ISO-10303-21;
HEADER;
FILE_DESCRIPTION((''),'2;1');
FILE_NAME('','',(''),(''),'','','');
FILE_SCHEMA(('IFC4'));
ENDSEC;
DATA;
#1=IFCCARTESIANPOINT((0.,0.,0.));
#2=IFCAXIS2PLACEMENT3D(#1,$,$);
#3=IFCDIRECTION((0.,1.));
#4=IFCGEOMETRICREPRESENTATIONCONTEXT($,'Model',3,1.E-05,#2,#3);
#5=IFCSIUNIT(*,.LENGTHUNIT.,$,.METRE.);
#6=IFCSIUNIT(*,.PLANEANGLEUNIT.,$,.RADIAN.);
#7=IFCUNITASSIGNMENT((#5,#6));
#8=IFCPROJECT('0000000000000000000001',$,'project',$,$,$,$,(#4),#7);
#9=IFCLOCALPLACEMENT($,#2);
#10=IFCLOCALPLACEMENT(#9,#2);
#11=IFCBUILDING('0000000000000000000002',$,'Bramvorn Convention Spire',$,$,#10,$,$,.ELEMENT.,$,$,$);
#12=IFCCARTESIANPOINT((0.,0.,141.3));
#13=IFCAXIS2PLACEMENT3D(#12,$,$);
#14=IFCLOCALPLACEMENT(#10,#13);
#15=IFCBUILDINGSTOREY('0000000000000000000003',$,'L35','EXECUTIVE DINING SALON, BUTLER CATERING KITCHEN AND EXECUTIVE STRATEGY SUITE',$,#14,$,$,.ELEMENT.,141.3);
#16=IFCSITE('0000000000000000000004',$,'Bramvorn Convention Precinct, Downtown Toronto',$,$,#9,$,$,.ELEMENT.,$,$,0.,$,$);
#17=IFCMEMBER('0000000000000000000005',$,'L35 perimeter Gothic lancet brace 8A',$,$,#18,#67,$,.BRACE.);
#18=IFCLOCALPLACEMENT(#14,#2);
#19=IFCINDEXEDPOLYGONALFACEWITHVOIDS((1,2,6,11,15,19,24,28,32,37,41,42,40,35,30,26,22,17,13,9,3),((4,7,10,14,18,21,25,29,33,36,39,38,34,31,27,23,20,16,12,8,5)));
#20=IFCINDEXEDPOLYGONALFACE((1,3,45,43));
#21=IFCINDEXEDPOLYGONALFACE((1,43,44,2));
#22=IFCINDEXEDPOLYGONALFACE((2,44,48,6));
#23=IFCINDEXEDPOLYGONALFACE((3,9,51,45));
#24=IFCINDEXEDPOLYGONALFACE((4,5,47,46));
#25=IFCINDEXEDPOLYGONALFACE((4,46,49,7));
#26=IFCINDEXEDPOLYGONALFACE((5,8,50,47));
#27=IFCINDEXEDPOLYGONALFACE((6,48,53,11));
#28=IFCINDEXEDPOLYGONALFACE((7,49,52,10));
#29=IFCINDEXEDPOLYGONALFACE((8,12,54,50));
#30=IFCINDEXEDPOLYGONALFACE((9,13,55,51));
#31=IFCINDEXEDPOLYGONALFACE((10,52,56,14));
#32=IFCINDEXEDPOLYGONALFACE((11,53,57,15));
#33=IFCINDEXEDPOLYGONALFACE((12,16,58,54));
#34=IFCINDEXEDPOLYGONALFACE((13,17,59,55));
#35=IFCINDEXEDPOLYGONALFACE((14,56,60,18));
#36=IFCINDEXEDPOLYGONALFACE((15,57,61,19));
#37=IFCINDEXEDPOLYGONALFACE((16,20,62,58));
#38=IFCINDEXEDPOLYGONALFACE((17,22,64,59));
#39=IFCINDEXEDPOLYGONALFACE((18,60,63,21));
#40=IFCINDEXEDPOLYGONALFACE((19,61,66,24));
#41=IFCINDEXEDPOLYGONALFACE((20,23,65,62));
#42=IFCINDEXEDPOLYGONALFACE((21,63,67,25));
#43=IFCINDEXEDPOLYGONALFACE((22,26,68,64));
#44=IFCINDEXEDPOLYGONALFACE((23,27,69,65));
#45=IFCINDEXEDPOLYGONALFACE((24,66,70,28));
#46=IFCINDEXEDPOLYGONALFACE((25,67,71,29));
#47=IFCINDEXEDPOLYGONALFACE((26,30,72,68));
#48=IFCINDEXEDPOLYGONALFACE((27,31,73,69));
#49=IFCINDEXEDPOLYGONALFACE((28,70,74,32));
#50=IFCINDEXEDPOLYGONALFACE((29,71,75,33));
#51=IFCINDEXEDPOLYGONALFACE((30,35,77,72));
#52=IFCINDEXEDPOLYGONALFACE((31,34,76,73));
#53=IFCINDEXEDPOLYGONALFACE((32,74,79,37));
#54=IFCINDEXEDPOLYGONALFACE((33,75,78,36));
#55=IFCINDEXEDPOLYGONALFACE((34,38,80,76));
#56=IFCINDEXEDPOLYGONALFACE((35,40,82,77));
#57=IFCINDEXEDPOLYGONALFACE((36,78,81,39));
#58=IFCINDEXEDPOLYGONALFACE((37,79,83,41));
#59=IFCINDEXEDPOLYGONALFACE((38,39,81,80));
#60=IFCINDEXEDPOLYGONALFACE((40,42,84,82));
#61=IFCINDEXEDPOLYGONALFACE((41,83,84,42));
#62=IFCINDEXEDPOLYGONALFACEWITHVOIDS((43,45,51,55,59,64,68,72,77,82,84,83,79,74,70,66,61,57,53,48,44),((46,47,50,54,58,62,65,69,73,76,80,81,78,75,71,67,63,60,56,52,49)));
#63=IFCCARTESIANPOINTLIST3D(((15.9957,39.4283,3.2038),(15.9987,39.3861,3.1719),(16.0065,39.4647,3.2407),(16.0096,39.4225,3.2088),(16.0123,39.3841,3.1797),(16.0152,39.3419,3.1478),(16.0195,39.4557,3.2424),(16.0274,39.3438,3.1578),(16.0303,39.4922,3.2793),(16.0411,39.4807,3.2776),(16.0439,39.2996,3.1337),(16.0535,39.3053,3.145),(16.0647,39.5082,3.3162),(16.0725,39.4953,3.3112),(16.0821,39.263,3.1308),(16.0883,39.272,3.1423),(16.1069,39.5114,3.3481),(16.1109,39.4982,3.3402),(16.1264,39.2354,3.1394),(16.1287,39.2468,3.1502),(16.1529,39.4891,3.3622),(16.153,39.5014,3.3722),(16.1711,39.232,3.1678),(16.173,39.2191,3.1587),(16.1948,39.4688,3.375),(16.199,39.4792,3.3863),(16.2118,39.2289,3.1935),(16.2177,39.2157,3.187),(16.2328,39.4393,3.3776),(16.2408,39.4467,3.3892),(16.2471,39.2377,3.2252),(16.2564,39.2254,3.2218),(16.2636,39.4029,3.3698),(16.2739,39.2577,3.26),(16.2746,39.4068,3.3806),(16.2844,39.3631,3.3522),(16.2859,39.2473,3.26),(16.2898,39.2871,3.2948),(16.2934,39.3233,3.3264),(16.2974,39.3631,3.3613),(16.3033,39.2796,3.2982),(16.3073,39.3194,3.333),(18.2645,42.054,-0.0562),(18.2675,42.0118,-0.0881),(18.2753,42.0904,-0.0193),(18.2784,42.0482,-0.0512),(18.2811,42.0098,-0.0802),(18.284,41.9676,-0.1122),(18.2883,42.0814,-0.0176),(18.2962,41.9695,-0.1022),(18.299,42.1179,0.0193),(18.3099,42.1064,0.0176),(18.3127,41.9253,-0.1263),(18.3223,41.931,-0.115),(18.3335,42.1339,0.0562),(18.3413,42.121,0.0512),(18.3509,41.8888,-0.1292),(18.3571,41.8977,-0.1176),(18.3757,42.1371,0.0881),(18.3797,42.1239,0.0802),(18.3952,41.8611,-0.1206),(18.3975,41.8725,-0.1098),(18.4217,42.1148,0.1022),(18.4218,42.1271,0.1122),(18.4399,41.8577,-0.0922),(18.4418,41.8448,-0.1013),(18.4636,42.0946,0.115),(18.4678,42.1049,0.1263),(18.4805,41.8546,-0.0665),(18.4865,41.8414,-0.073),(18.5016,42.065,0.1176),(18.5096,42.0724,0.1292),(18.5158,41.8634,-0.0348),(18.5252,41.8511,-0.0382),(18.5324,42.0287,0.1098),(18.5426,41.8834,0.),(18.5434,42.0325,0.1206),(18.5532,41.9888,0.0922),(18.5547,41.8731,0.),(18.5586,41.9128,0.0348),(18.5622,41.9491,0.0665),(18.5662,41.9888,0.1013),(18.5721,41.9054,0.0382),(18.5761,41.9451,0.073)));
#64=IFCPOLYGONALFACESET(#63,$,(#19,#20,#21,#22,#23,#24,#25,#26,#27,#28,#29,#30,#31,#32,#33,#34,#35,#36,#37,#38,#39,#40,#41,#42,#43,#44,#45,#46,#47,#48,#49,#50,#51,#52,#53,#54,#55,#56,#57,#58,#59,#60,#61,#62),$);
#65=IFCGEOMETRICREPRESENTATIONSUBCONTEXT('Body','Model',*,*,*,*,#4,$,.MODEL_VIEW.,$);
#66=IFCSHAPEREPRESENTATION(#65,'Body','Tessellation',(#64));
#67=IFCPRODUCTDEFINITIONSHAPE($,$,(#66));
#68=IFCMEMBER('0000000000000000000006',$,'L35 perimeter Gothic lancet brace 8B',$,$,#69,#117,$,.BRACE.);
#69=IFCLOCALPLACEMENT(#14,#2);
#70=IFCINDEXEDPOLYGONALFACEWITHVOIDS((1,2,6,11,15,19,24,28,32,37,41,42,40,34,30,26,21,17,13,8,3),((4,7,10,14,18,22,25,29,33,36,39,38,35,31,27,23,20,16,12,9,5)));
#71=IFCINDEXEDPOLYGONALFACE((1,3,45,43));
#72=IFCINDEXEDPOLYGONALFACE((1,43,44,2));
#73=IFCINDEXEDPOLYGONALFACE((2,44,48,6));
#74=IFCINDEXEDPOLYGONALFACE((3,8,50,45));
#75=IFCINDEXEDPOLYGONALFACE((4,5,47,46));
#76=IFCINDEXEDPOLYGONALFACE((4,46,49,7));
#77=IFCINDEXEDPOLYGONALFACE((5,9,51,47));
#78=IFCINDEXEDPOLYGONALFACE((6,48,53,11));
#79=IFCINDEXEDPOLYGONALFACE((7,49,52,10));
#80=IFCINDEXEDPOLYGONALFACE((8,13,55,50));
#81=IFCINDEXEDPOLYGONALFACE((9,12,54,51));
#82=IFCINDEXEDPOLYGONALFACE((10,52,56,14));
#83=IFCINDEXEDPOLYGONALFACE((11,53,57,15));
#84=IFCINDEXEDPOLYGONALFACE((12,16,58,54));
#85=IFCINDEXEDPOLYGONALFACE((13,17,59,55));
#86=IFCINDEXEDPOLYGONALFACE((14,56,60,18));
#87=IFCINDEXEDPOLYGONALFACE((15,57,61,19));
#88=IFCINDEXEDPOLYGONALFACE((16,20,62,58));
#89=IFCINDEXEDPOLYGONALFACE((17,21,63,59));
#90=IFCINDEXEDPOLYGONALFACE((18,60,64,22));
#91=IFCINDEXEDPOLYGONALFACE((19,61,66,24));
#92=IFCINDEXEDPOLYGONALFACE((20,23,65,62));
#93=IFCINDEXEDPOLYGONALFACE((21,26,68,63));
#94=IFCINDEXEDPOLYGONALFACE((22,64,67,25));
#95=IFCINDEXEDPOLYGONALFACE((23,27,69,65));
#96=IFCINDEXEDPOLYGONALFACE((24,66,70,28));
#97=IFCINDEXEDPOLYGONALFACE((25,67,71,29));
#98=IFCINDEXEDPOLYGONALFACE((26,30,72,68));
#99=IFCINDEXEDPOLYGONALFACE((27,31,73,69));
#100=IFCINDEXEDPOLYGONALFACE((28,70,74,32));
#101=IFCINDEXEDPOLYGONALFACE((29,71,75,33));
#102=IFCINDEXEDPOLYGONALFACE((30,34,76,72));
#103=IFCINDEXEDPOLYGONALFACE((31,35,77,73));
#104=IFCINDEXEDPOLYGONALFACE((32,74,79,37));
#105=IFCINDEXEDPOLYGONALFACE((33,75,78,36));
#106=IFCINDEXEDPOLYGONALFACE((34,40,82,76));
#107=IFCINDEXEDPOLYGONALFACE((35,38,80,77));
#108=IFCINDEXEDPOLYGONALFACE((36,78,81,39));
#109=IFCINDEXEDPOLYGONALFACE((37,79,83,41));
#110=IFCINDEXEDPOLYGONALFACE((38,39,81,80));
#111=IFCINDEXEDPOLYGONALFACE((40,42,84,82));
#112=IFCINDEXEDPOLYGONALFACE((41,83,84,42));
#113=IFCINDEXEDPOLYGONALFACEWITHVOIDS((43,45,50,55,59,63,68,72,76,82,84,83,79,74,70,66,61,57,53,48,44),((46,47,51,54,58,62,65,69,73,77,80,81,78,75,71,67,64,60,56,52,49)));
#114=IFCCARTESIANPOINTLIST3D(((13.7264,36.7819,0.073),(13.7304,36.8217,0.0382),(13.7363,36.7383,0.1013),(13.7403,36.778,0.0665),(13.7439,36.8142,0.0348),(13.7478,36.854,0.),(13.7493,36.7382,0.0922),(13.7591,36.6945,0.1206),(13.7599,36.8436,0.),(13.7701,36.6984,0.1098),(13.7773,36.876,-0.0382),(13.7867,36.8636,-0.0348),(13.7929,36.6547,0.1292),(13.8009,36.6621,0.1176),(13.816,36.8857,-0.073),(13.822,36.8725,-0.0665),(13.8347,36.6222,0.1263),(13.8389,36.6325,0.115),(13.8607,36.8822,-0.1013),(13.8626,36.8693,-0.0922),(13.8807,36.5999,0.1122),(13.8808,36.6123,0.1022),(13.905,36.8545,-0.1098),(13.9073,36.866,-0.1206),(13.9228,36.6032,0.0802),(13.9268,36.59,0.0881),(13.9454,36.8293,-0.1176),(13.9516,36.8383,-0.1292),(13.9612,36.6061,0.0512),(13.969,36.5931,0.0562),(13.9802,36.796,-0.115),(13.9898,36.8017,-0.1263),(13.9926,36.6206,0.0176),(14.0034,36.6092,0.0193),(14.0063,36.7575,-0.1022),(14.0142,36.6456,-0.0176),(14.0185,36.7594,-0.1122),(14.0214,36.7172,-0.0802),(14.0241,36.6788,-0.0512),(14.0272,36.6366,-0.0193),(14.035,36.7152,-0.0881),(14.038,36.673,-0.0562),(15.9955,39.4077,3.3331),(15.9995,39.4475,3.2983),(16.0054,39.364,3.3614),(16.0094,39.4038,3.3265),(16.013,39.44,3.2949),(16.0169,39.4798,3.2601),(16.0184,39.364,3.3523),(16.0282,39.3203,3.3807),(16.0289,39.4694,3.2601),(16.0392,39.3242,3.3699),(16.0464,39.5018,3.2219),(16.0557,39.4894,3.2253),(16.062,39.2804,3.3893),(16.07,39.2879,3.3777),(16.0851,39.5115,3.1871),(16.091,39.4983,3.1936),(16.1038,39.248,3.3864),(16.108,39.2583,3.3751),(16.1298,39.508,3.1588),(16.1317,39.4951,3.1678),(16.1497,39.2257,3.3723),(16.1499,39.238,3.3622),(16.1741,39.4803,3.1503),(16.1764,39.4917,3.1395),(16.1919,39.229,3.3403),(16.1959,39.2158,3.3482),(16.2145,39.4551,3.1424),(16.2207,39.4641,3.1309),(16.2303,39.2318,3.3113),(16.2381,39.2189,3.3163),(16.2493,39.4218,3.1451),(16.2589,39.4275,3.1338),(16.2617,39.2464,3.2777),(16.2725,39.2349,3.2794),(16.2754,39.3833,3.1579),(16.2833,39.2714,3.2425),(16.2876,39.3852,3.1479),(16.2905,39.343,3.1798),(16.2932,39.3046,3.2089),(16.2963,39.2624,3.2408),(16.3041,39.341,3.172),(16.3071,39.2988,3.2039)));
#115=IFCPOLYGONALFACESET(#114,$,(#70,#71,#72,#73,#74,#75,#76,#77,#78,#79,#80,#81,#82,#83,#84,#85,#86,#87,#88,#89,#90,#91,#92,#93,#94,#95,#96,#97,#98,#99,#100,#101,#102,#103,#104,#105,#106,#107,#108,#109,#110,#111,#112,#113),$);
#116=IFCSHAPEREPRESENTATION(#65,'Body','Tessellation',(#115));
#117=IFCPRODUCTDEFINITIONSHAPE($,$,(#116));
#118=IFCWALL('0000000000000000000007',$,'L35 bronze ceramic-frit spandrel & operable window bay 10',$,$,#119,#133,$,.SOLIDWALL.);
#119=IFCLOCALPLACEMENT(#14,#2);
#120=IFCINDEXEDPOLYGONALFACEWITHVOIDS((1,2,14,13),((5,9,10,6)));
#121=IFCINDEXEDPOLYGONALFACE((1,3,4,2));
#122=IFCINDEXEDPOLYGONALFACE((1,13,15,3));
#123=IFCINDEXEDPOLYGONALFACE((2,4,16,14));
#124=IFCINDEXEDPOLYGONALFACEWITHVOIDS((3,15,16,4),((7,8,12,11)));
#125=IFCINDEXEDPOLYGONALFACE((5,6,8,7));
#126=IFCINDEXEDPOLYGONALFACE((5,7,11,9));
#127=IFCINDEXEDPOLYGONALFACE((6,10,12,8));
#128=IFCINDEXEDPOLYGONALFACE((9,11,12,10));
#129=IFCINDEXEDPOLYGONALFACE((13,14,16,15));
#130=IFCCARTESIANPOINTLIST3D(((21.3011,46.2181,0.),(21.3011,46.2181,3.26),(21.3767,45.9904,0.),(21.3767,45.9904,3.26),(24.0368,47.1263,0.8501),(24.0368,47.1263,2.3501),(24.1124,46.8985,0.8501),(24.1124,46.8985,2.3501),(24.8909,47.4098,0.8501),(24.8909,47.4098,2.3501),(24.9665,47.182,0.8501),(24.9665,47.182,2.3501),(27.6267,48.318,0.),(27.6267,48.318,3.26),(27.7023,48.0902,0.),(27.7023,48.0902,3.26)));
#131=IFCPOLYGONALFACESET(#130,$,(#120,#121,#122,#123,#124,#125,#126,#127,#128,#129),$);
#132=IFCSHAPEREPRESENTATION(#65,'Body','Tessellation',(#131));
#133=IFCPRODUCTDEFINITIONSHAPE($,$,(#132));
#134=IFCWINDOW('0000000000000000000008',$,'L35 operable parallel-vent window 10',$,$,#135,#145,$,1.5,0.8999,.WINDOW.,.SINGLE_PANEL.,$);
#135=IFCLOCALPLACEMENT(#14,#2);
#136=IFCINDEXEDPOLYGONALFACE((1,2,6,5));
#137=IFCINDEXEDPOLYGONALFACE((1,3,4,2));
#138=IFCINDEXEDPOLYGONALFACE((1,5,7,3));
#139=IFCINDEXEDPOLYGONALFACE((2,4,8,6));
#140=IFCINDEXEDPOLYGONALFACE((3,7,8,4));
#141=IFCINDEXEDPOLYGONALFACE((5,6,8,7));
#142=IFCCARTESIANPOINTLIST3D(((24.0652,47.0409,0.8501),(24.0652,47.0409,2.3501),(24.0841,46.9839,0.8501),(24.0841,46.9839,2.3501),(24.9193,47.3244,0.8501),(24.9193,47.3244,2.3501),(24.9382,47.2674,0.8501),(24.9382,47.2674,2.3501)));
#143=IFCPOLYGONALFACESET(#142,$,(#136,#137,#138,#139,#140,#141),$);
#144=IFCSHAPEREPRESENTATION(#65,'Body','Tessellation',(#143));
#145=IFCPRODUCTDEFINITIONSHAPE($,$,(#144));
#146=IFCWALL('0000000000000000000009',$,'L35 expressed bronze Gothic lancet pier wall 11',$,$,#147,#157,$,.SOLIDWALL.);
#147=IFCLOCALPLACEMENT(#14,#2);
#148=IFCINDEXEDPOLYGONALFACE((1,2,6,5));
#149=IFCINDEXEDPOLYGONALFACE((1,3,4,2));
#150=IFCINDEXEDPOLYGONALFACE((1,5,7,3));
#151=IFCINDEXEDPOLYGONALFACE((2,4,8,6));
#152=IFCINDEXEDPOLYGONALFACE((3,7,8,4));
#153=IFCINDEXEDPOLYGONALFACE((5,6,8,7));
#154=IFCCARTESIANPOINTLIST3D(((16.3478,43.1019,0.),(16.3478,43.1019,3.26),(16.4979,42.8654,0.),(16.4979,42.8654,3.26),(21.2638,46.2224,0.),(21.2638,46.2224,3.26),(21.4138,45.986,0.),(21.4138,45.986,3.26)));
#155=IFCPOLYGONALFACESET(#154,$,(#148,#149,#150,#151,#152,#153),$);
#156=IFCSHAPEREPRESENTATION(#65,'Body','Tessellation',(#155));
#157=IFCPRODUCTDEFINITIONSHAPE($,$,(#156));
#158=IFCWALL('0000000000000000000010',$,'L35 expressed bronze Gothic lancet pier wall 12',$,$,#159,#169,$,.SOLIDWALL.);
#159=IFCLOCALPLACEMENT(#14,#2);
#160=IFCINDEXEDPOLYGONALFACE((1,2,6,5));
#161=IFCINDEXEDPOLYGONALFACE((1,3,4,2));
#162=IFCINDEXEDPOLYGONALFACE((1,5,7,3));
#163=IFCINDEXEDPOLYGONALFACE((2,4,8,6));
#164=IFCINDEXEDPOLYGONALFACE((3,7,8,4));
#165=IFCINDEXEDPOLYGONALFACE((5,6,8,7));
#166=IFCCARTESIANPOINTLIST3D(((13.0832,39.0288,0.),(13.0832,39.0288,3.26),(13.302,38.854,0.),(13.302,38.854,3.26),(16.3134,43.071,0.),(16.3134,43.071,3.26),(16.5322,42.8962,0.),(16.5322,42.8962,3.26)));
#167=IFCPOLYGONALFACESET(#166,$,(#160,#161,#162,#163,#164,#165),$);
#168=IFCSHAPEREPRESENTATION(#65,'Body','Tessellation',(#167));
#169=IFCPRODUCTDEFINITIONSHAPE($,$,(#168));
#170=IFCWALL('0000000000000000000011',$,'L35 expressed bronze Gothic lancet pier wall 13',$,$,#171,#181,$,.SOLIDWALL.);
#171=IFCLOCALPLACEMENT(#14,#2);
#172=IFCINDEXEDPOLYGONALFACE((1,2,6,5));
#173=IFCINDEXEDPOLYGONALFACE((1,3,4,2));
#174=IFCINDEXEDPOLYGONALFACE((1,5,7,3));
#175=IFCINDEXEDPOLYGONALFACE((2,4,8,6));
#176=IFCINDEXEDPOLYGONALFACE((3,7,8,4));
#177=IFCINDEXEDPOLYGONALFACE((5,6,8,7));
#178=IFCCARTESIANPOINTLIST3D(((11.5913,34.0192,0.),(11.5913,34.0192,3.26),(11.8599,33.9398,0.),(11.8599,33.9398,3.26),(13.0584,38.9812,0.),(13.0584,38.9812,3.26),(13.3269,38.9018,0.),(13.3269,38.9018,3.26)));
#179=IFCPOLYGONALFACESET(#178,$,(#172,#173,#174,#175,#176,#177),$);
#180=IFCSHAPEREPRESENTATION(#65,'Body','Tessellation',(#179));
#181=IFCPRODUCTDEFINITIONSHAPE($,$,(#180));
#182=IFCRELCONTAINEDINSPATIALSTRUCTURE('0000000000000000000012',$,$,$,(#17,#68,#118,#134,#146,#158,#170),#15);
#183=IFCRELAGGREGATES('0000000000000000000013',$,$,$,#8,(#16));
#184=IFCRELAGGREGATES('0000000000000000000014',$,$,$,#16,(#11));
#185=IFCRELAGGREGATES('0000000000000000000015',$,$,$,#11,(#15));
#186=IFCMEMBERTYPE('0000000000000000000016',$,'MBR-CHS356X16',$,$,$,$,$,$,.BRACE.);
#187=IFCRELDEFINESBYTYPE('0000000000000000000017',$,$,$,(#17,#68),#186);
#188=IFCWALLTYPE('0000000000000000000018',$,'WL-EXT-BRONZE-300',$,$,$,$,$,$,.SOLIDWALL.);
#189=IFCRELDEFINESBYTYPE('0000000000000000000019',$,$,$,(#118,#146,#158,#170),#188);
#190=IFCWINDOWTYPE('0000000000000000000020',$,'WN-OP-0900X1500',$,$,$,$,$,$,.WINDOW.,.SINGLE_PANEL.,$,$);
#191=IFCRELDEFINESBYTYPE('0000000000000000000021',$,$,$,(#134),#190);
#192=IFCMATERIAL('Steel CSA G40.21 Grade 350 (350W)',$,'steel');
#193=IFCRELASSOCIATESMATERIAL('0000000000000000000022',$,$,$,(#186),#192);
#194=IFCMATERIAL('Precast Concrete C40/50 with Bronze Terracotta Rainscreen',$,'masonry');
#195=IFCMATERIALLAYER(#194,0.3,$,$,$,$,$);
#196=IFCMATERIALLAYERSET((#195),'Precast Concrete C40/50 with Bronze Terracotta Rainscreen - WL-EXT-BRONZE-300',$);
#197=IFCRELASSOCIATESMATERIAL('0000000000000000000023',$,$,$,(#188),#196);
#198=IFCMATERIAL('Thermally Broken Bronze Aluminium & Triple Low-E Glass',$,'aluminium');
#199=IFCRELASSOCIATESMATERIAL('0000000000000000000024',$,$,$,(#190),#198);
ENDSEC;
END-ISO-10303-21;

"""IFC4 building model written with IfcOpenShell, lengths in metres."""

from ifc_helpers import new_model, si_unit, direction, frame, frame_2d, origin, origin_2d, place, context, subcontext, project, spatial, rectangle, hollow_circle, extrude, material, layer, layer_set, material_profile, profile_set, type_object, element, fill, save


model = new_model("IFC4")

# Units and contexts
model_context = context("Model", 3, precision=1e-05, world=origin(), true_north=direction((0.0, 1.0)))
body_context = subcontext(model_context, "Body", "Model", "MODEL_VIEW")
ifc_project = project(units=[si_unit("LENGTHUNIT", "METRE"), si_unit("PLANEANGLEUNIT", "RADIAN")], contexts=[model_context])

# Site, building, storey
site_placement = place(None, origin())
site = spatial("IfcSite", under=ifc_project, at=site_placement, Name="Bramvorn Convention Precinct, Downtown Toronto", CompositionType="ELEMENT", RefElevation=0.0)
building_placement = place(site_placement, origin())
building = spatial("IfcBuilding", under=site, at=building_placement, Name="Bramvorn Convention Spire", CompositionType="ELEMENT")
storey_placement = place(building_placement, frame((0.0, 0.0, 141.3)))
storey = spatial("IfcBuildingStorey", under=building, at=storey_placement, Name="L35", Description="EXECUTIVE DINING SALON, BUTLER CATERING KITCHEN AND EXECUTIVE STRATEGY SUITE", CompositionType="ELEMENT", Elevation=141.3)

# Shared definitions
ifc_material_1 = material(Name="Steel CSA G40.21 Grade 350 (350W)", Category="steel")

# Members
ifc_material_profile_1 = material_profile(ifc_material_1, hollow_circle(Radius=0.1777, WallThickness=0.0159, at=origin_2d()))
ifc_profile_set_1 = profile_set([ifc_material_profile_1], Name="Steel CSA G40.21 Grade 350 (350W) - CHS356X16")
member_type = type_object("IfcMemberType", Name="MBR-CHS356X16", PredefinedType="BRACE", material=ifc_profile_set_1)
member_1_placement = place(storey_placement, frame((18.4202, 41.9893, 0.0), z_axis=(-0.476512, -0.551479, 0.684695), x_axis=(0.756663, -0.653805, 0.0)))
element("IfcMember", 1, at=member_1_placement, inside=storey, type_object=member_type, Name="L35 perimeter Gothic lancet brace 8A", PredefinedType="BRACE", context=body_context, shape_type="SweptSolid", body=[
    extrude(hollow_circle(Radius=0.1777, WallThickness=0.0159, at=origin_2d()), origin(), (0.0, 0.0, 1.0), 4.7612),
])
member_2_placement = place(storey_placement, frame((13.8823, 36.7378, 0.0), z_axis=(0.476552, 0.551465, 0.684678), x_axis=(-0.756628, 0.653845, 0.0)))
element("IfcMember", 2, at=member_2_placement, inside=storey, type_object=member_type, Name="L35 perimeter Gothic lancet brace 8B", PredefinedType="BRACE", context=body_context, shape_type="SweptSolid", body=[
    extrude(hollow_circle(Radius=0.1777, WallThickness=0.0159, at=origin_2d()), origin(), (0.0, 0.0, 1.0), 4.7615),
])

# Wall, opening, window
ifc_material_2 = material(Name="Precast Concrete C40/50 with Bronze Terracotta Rainscreen", Category="masonry")
ifc_layer_1 = layer(ifc_material_2, 0.3)
ifc_layer_set_1 = layer_set([ifc_layer_1], Name="Precast Concrete C40/50 with Bronze Terracotta Rainscreen - WL-EXT-BRONZE-300")
wall_type_1 = type_object("IfcWallType", Name="WL-EXT-BRONZE-300", PredefinedType="SOLIDWALL", material=ifc_layer_set_1)
wall_1_placement = place(storey_placement, frame((21.3389, 46.1042, 0.0), z_axis=(0.0, 0.0, 1.0), x_axis=(0.949075, 0.315052, 0.0)))
wall_1 = element("IfcWall", 3, at=wall_1_placement, inside=storey, type_object=wall_type_1, Name="L35 bronze ceramic-frit spandrel & operable window bay 10", PredefinedType="SOLIDWALL", context=body_context, shape_type="SweptSolid", body=[
    extrude(rectangle(XDim=6.665, YDim=0.24, at=frame_2d((3.3325, 0.0))), origin(), (0.0, 0.0, 1.0), 3.26),
])
opening_1_placement = place(wall_1_placement, frame((2.8826, 0.0, 0.8501)))
opening_1 = element("IfcOpeningElement", 4, at=opening_1_placement, cuts=wall_1, PredefinedType="OPENING", context=body_context, shape_type="SweptSolid", body=[
    extrude(rectangle(XDim=0.8999, YDim=1.5, at=frame_2d((0.45, 0.75))), frame((0.0, 0.1299, 0.0), z_axis=(0.0, -1.0, 0.0), x_axis=(1.0, 0.0, 0.0)), (0.0, 0.0, 1.0), 0.26),
])
ifc_material_3 = material(Name="Thermally Broken Bronze Aluminium & Triple Low-E Glass", Category="aluminium")
window_type = type_object("IfcWindowType", Name="WN-OP-0900X1500", PartitioningType="SINGLE_PANEL", PredefinedType="WINDOW", material=ifc_material_3)
window_placement = place(opening_1_placement, origin())
window = element("IfcWindow", 5, at=window_placement, inside=storey, type_object=window_type, Name="L35 operable parallel-vent window 10", OverallHeight=1.5, OverallWidth=0.8999, PartitioningType="SINGLE_PANEL", PredefinedType="WINDOW", context=body_context, shape_type="SweptSolid", body=[
    extrude(rectangle(XDim=0.8999, YDim=1.5, at=frame_2d((0.45, 0.75))), frame((0.0, 0.03, 0.0), z_axis=(0.0, -1.0, 0.0), x_axis=(1.0, 0.0, 0.0)), (0.0, 0.0, 1.0), 0.0601),
])
fill(opening_1, window)

# Walls
wall_2_placement = place(storey_placement, frame((16.4229, 42.9836, 0.0), z_axis=(0.0, 0.0, 1.0), x_axis=(0.844265, 0.535926, 0.0)))
element("IfcWall", 6, at=wall_2_placement, inside=storey, type_object=wall_type_1, Name="L35 expressed bronze Gothic lancet pier wall 11", PredefinedType="SOLIDWALL", context=body_context, shape_type="SweptSolid", body=[
    extrude(rectangle(XDim=5.8228, YDim=0.28, at=frame_2d((2.9114, 0.0))), origin(), (0.0, 0.0, 1.0), 3.26),
])
for number, where, z_axis, x_axis, name in (
    (7, (13.1926, 38.9414, 0.0), (0.0, 0.0, 1.0), (0.624275, 0.781205, 0.0), "L35 expressed bronze Gothic lancet pier wall 12"),
    (8, (11.7256, 33.9795, 0.0), (0.0, 0.0, 1.0), (0.283528, 0.958964, 0.0), "L35 expressed bronze Gothic lancet pier wall 13"),
):
    element("IfcWall", number, at=place(storey_placement, frame(where, z_axis=z_axis, x_axis=x_axis)), inside=storey, type_object=wall_type_1, Name=name, PredefinedType="SOLIDWALL", context=body_context, shape_type="SweptSolid", body=[
        extrude(rectangle(XDim=5.1743, YDim=0.28, at=frame_2d((2.5872, 0.0))), origin(), (0.0, 0.0, 1.0), 3.26),
    ])

save(model, "model.ifc")
